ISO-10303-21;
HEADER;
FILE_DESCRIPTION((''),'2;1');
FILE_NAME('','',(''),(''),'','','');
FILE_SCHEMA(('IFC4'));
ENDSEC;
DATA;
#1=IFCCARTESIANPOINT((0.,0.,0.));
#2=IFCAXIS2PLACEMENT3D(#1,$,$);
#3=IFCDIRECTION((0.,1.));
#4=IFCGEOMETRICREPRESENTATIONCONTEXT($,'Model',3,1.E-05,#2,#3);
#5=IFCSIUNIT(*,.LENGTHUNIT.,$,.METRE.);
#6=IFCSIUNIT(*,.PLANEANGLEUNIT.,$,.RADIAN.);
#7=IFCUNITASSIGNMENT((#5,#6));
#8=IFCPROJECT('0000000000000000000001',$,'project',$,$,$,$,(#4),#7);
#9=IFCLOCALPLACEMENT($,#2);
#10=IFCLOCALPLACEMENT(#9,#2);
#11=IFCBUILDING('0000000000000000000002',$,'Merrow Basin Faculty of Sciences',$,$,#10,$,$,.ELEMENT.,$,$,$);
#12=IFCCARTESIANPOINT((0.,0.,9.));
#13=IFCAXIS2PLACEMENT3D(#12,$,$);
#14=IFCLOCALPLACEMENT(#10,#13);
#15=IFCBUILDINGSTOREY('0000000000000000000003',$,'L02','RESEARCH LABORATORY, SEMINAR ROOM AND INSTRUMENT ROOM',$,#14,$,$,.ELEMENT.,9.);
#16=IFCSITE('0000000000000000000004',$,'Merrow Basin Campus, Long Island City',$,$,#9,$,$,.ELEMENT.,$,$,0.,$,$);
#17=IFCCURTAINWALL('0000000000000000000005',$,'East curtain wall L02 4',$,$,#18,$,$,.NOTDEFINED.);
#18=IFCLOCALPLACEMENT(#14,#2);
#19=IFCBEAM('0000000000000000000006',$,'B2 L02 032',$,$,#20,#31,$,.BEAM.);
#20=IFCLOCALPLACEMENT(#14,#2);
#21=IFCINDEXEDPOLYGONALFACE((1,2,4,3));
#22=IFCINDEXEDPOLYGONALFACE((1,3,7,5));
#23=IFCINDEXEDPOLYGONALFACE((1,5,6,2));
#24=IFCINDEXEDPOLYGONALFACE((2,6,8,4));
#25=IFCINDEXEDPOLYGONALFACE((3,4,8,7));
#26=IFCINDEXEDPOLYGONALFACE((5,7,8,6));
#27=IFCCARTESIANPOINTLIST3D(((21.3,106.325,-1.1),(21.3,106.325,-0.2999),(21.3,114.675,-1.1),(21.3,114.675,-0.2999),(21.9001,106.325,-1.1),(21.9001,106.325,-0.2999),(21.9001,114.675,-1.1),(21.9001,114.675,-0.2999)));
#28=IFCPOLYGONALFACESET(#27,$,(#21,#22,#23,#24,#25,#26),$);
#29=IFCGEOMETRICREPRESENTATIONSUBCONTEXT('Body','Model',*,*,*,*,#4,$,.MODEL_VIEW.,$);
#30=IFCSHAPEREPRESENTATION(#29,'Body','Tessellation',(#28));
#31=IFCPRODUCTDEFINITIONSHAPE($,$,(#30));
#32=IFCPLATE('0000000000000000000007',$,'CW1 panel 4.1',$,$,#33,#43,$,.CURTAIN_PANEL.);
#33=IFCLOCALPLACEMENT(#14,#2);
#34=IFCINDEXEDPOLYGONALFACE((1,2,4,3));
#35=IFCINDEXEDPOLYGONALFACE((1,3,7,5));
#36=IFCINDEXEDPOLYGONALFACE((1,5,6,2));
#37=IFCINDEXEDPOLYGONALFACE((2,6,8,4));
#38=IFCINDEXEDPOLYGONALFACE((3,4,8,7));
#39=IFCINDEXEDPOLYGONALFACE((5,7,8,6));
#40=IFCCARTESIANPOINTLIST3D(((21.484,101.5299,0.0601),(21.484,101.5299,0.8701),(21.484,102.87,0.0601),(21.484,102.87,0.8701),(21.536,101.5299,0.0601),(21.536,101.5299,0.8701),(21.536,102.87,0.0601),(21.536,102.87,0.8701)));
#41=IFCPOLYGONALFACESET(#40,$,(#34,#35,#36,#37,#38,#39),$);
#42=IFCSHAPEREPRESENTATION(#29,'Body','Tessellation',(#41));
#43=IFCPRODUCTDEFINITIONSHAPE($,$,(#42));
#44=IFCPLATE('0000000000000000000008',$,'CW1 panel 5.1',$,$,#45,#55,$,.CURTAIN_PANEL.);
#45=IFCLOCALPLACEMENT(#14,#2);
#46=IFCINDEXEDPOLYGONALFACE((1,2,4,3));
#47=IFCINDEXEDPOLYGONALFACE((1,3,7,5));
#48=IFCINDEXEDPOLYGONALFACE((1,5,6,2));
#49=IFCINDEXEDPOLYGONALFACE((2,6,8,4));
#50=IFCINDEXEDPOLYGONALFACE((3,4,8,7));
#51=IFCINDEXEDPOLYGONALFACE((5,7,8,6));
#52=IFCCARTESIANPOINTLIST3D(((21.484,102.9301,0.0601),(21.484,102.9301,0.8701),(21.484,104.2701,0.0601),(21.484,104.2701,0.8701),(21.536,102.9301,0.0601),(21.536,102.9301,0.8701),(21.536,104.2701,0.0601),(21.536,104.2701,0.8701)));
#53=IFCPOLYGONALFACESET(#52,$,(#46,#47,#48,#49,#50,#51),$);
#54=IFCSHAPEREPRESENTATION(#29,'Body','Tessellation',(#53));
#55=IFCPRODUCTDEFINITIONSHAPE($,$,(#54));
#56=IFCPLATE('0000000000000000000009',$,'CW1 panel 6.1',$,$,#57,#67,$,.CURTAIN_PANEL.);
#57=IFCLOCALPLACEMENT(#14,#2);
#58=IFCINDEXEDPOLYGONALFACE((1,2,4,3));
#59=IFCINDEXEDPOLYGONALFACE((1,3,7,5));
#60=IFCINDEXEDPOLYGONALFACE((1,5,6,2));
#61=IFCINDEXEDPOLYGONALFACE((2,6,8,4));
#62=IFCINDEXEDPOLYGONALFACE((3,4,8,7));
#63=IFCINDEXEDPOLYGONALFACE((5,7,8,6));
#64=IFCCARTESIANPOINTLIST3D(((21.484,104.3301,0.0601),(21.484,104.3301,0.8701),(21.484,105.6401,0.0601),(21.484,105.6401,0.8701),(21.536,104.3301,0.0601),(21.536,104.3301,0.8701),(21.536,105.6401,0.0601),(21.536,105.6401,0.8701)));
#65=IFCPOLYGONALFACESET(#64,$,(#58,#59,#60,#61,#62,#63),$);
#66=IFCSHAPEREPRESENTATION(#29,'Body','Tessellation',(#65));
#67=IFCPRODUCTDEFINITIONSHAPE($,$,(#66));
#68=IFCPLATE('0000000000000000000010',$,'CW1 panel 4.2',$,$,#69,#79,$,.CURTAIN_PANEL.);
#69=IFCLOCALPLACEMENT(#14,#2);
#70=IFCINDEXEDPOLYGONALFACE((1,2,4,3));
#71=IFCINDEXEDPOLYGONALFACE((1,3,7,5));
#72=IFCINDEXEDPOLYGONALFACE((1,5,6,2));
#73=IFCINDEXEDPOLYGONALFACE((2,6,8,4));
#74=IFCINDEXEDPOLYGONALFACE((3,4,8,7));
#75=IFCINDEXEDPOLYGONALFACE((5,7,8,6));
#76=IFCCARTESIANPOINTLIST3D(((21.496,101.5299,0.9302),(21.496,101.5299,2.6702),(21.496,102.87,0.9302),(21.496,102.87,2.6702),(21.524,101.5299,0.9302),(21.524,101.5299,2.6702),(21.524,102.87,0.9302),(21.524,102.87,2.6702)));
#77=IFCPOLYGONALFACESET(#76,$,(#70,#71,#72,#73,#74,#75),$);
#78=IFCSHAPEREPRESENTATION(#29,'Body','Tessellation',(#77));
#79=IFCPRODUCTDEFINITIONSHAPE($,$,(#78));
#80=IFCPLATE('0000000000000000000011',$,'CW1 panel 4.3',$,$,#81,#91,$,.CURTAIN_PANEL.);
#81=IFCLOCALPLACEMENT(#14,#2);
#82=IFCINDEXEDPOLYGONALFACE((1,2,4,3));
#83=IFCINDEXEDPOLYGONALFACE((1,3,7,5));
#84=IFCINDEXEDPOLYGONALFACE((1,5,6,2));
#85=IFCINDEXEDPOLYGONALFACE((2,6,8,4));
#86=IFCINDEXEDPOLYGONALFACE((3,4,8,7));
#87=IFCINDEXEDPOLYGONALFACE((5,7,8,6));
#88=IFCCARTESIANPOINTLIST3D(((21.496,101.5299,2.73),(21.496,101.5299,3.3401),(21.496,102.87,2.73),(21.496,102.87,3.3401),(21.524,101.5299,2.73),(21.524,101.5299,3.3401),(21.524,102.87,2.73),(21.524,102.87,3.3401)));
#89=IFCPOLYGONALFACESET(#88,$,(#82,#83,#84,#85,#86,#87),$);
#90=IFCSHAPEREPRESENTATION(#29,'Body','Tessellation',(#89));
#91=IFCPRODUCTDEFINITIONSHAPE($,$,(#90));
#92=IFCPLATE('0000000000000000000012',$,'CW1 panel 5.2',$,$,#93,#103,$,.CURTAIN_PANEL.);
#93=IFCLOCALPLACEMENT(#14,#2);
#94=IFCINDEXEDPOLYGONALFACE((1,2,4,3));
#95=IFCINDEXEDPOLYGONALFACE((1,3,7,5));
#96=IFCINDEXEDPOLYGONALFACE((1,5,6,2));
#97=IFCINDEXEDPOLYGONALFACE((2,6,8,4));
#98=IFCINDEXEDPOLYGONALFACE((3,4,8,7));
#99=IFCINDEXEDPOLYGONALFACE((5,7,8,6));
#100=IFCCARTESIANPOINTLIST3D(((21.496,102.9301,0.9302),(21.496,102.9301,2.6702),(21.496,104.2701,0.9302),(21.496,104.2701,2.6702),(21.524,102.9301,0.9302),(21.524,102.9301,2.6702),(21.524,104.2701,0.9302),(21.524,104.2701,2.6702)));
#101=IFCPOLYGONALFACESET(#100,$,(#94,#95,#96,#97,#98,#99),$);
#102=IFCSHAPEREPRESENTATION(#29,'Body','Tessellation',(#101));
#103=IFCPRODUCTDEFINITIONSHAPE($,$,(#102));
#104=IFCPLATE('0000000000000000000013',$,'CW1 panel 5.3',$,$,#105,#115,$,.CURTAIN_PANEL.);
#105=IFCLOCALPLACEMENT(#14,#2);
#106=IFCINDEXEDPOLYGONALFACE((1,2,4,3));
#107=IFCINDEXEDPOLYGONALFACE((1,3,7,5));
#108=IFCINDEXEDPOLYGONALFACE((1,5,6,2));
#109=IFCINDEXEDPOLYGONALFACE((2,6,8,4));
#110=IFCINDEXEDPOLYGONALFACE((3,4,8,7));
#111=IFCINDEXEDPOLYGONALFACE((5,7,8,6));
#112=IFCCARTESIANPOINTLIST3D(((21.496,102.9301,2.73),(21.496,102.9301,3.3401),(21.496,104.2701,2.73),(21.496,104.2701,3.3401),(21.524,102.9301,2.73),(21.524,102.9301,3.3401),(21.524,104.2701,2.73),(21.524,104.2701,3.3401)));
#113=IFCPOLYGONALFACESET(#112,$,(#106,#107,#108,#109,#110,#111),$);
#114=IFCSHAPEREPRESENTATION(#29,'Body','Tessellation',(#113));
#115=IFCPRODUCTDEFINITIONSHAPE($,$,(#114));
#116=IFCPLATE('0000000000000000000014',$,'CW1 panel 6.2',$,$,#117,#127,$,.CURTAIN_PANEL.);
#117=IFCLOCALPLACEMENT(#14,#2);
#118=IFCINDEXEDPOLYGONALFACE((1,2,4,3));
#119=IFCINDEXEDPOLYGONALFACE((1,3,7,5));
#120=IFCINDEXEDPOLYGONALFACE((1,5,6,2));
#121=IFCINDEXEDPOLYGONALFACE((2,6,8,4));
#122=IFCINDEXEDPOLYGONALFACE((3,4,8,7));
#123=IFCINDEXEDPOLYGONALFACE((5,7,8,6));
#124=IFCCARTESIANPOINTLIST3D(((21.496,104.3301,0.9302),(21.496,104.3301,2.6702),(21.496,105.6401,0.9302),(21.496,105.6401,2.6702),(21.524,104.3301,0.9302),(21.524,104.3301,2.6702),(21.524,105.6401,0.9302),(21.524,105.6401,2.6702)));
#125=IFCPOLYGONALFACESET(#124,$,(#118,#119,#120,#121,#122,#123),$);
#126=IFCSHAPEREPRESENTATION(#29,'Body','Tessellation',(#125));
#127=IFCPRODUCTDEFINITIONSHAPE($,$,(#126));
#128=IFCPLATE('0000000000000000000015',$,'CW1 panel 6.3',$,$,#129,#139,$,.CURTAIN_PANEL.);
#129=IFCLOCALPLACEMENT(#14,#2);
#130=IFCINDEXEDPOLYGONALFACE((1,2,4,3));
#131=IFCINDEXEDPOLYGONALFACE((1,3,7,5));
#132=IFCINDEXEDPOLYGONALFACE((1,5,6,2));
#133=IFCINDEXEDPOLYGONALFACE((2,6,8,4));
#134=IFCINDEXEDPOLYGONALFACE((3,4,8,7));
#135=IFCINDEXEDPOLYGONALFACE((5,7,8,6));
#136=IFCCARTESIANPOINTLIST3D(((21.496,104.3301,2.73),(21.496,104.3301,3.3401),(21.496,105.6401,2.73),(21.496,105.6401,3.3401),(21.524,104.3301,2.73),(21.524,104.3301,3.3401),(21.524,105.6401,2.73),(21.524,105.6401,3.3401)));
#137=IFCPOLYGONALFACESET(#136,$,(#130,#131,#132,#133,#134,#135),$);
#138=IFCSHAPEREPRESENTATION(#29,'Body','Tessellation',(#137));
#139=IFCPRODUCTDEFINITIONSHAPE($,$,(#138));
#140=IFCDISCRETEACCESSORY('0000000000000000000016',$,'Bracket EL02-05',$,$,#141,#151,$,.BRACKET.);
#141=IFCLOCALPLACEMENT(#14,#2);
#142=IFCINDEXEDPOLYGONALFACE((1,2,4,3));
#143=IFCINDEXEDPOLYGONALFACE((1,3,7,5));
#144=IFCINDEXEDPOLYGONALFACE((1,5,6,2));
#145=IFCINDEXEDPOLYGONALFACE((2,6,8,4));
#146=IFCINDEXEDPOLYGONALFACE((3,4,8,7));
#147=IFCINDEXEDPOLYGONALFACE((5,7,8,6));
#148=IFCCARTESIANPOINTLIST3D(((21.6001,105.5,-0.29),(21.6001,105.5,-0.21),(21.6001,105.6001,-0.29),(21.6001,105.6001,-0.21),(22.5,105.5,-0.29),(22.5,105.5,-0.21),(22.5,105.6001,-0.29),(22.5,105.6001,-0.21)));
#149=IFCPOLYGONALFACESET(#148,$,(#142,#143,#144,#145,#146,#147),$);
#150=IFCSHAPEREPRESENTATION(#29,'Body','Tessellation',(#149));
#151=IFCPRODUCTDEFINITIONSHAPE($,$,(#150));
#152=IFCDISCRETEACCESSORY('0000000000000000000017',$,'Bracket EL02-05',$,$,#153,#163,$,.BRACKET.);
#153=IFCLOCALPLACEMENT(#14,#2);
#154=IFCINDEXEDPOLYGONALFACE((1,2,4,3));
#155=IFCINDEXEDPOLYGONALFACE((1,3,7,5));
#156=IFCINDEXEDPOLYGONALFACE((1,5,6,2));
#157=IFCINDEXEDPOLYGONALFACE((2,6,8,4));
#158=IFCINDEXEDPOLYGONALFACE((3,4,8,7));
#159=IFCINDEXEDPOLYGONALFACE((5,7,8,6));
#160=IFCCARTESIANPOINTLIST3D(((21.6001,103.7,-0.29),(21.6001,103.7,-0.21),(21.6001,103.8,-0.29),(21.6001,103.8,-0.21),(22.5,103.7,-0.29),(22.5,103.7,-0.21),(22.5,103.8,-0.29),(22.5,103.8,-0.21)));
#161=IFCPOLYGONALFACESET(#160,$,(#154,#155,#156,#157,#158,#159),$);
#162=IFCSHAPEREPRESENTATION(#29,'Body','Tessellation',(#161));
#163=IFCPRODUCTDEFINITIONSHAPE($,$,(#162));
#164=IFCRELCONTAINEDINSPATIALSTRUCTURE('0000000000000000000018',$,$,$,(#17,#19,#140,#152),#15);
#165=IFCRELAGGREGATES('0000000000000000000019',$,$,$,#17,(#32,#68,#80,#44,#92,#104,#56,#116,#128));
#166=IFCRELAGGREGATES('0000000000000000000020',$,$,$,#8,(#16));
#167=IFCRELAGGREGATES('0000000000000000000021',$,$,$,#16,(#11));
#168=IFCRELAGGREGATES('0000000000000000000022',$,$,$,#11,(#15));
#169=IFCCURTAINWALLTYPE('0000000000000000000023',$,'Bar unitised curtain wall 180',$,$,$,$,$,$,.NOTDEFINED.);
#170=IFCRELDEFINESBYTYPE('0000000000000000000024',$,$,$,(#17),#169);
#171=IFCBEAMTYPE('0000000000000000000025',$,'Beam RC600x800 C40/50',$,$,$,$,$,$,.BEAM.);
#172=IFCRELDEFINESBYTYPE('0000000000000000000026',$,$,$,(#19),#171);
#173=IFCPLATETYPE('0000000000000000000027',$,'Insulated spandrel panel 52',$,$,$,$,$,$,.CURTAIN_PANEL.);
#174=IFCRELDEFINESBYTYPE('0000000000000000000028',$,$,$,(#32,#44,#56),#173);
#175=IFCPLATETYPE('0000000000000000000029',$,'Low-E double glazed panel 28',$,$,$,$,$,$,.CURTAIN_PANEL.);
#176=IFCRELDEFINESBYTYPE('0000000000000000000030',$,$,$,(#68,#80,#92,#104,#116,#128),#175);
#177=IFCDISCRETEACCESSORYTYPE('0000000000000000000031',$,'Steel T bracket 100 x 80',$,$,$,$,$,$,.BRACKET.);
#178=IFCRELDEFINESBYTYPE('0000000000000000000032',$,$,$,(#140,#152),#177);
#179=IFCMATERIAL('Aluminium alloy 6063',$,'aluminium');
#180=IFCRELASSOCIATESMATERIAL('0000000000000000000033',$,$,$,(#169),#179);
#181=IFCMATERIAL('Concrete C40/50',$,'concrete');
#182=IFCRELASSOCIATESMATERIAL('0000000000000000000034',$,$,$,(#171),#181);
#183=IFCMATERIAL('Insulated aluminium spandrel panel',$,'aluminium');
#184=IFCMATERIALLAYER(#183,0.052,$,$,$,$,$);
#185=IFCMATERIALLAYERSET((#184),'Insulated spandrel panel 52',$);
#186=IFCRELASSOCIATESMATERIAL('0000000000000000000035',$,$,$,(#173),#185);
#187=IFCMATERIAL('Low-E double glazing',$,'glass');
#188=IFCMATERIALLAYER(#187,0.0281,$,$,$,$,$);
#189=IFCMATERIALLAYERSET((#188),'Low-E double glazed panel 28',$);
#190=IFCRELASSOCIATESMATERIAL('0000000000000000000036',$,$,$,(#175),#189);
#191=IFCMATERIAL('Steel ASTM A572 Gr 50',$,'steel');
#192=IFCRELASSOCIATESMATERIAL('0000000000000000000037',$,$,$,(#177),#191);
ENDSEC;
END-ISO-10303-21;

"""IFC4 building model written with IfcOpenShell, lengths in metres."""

from ifc_helpers import new_model, si_unit, direction, frame, origin, origin_2d, place, context, subcontext, project, spatial, polyline, rectangle, outline, extrude, source, transform, mapped, material, layer, layer_set, material_profile, profile_set, type_object, element, aggregate, save


model = new_model("IFC4")

# Units and contexts
model_context = context("Model", 3, precision=1e-05, world=origin(), true_north=direction((0.0, 1.0)))
body_context = subcontext(model_context, "Body", "Model", "MODEL_VIEW")
ifc_project = project(units=[si_unit("LENGTHUNIT", "METRE"), si_unit("PLANEANGLEUNIT", "RADIAN")], contexts=[model_context])

# Site, building, storey
site_placement = place(None, origin())
site = spatial("IfcSite", under=ifc_project, at=site_placement, Name="Merrow Basin Campus, Long Island City", CompositionType="ELEMENT", RefElevation=0.0)
building_placement = place(site_placement, origin())
building = spatial("IfcBuilding", under=site, at=building_placement, Name="Merrow Basin Faculty of Sciences", CompositionType="ELEMENT")
storey_placement = place(building_placement, frame((0.0, 0.0, 9.0)))
storey = spatial("IfcBuildingStorey", under=building, at=storey_placement, Name="L02", Description="RESEARCH LABORATORY, SEMINAR ROOM AND INSTRUMENT ROOM", CompositionType="ELEMENT", Elevation=9.0)

# Curtain wall
ifc_material_1 = material(Name="Aluminium alloy 6063", Category="aluminium")
curtain_wall_type = type_object("IfcCurtainWallType", Name="Bar unitised curtain wall 180", PredefinedType="NOTDEFINED", material=ifc_material_1)
curtain_wall_1_placement = place(storey_placement, origin())
curtain_wall_1 = element("IfcCurtainWall", 1, at=curtain_wall_1_placement, inside=storey, type_object=curtain_wall_type, Name="East curtain wall L02 4", PredefinedType="NOTDEFINED")

# Beam
ifc_material_2 = material(Name="Concrete C40/50", Category="concrete")
ifc_material_profile_1 = material_profile(ifc_material_2, rectangle(XDim=0.6001, YDim=0.8, at=origin_2d()))
ifc_profile_set_1 = profile_set([ifc_material_profile_1], Name="Concrete C40/50")
beam_type = type_object("IfcBeamType", Name="Beam RC600x800 C40/50", PredefinedType="BEAM", material=ifc_profile_set_1)
beam_placement = place(storey_placement, frame((21.6001, 106.325, -0.7), z_axis=(0.0, 1.0, 0.0), x_axis=(-1.0, 0.0, 0.0)))
element("IfcBeam", 2, at=beam_placement, inside=storey, type_object=beam_type, Name="B2 L02 032", PredefinedType="BEAM", context=body_context, shape_type="SweptSolid", body=[
    extrude(rectangle(XDim=0.6001, YDim=0.8, at=origin_2d()), origin(), (0.0, 0.0, 1.0), 8.3501),
])

# Plates
ifc_material_3 = material(Name="Insulated aluminium spandrel panel", Category="aluminium")
ifc_layer_1 = layer(ifc_material_3, 0.052)
ifc_layer_set_1 = layer_set([ifc_layer_1], Name="Insulated spandrel panel 52")
plate_type_1 = type_object("IfcPlateType", Name="Insulated spandrel panel 52", PredefinedType="CURTAIN_PANEL", material=ifc_layer_set_1)
plate_1_placement = place(storey_placement, frame((21.51, 102.2, 0.0601), z_axis=(0.0, 0.0, 1.0), x_axis=(0.0, 1.0, 0.0)))
plate_1 = element("IfcPlate", 3, at=plate_1_placement, type_object=plate_type_1, Name="CW1 panel 4.1", PredefinedType="CURTAIN_PANEL", context=body_context, shape_type="SweptSolid", body=[
    extrude(rectangle(XDim=1.3401, YDim=0.052, at=origin_2d()), origin(), (0.0, 0.0, 1.0), 0.8101),
])
plate_2_placement = place(storey_placement, frame((21.51, 103.6001, 0.0601), z_axis=(0.0, 0.0, 1.0), x_axis=(0.0, 1.0, 0.0)))
plate_2 = element("IfcPlate", 4, at=plate_2_placement, type_object=plate_type_1, Name="CW1 panel 5.1", PredefinedType="CURTAIN_PANEL", context=body_context, shape_type="SweptSolid", body=[
    extrude(rectangle(XDim=1.3401, YDim=0.052, at=origin_2d()), origin(), (0.0, 0.0, 1.0), 0.8101),
])
plate_3_placement = place(storey_placement, frame((21.51, 104.9851, 0.0601), z_axis=(0.0, 0.0, 1.0), x_axis=(0.0, 1.0, 0.0)))
plate_3 = element("IfcPlate", 5, at=plate_3_placement, type_object=plate_type_1, Name="CW1 panel 6.1", PredefinedType="CURTAIN_PANEL", context=body_context, shape_type="SweptSolid", body=[
    extrude(rectangle(XDim=1.3101, YDim=0.052, at=origin_2d()), origin(), (0.0, 0.0, 1.0), 0.8101),
])
ifc_material_4 = material(Name="Low-E double glazing", Category="glass")
ifc_layer_2 = layer(ifc_material_4, 0.0281)
ifc_layer_set_2 = layer_set([ifc_layer_2], Name="Low-E double glazed panel 28")
plate_type_2 = type_object("IfcPlateType", Name="Low-E double glazed panel 28", PredefinedType="CURTAIN_PANEL", material=ifc_layer_set_2)
plate_4_placement = place(storey_placement, frame((21.51, 102.2, 0.9302), z_axis=(0.0, 0.0, 1.0), x_axis=(0.0, 1.0, 0.0)))
plate_4 = element("IfcPlate", 6, at=plate_4_placement, type_object=plate_type_2, Name="CW1 panel 4.2", PredefinedType="CURTAIN_PANEL", context=body_context, shape_type="SweptSolid", body=[
    extrude(rectangle(XDim=1.3401, YDim=0.0281, at=origin_2d()), origin(), (0.0, 0.0, 1.0), 1.74),
])
plate_5_placement = place(storey_placement, frame((21.51, 102.2, 2.73), z_axis=(0.0, 0.0, 1.0), x_axis=(0.0, 1.0, 0.0)))
plate_5 = element("IfcPlate", 7, at=plate_5_placement, type_object=plate_type_2, Name="CW1 panel 4.3", PredefinedType="CURTAIN_PANEL", context=body_context, shape_type="SweptSolid", body=[
    extrude(rectangle(XDim=1.3401, YDim=0.0281, at=origin_2d()), origin(), (0.0, 0.0, 1.0), 0.6101),
])
plate_6_placement = place(storey_placement, frame((21.51, 103.6001, 0.9302), z_axis=(0.0, 0.0, 1.0), x_axis=(0.0, 1.0, 0.0)))
plate_6 = element("IfcPlate", 8, at=plate_6_placement, type_object=plate_type_2, Name="CW1 panel 5.2", PredefinedType="CURTAIN_PANEL", context=body_context, shape_type="SweptSolid", body=[
    extrude(rectangle(XDim=1.3401, YDim=0.0281, at=origin_2d()), origin(), (0.0, 0.0, 1.0), 1.74),
])
plate_7_placement = place(storey_placement, frame((21.51, 103.6001, 2.73), z_axis=(0.0, 0.0, 1.0), x_axis=(0.0, 1.0, 0.0)))
plate_7 = element("IfcPlate", 9, at=plate_7_placement, type_object=plate_type_2, Name="CW1 panel 5.3", PredefinedType="CURTAIN_PANEL", context=body_context, shape_type="SweptSolid", body=[
    extrude(rectangle(XDim=1.3401, YDim=0.0281, at=origin_2d()), origin(), (0.0, 0.0, 1.0), 0.6101),
])
plate_8_placement = place(storey_placement, frame((21.51, 104.9851, 0.9302), z_axis=(0.0, 0.0, 1.0), x_axis=(0.0, 1.0, 0.0)))
plate_8 = element("IfcPlate", 10, at=plate_8_placement, type_object=plate_type_2, Name="CW1 panel 6.2", PredefinedType="CURTAIN_PANEL", context=body_context, shape_type="SweptSolid", body=[
    extrude(rectangle(XDim=1.3101, YDim=0.0281, at=origin_2d()), origin(), (0.0, 0.0, 1.0), 1.74),
])
plate_9_placement = place(storey_placement, frame((21.51, 104.9851, 2.73), z_axis=(0.0, 0.0, 1.0), x_axis=(0.0, 1.0, 0.0)))
plate_9 = element("IfcPlate", 11, at=plate_9_placement, type_object=plate_type_2, Name="CW1 panel 6.3", PredefinedType="CURTAIN_PANEL", context=body_context, shape_type="SweptSolid", body=[
    extrude(rectangle(XDim=1.3101, YDim=0.0281, at=origin_2d()), origin(), (0.0, 0.0, 1.0), 0.6101),
])
aggregate(curtain_wall_1, [plate_1, plate_4, plate_5, plate_2, plate_6, plate_7, plate_3, plate_8, plate_9])

# Discrete accessories
ifc_material_5 = material(Name="Steel ASTM A572 Gr 50", Category="steel")
discrete_accessory_type = type_object("IfcDiscreteAccessoryType", Name="Steel T bracket 100 x 80", PredefinedType="BRACKET", material=ifc_material_5)
shared_shape_1 = source(origin(), body_context, "Body", "SweptSolid", [
    extrude(outline(polyline([(0.0, 0.0), (0.1001, 0.0), (0.1001, 0.0801), (0.0, 0.0801), (0.0, 0.0)])), origin(), (0.0, 0.0, 1.0), 0.8999),
])
for number, where, z_axis, x_axis, name in (
    (12, (22.5, 105.6001, -0.29), (-1.0, 0.0, 0.0), (0.0, -1.0, 0.0), "Bracket EL02-05"),
    (13, (22.5, 103.8, -0.29), (-1.0, 0.0, 0.0), (0.0, -1.0, 0.0), "Bracket EL02-05"),
):
    element("IfcDiscreteAccessory", number, at=place(storey_placement, frame(where, z_axis=z_axis, x_axis=x_axis)), inside=storey, type_object=discrete_accessory_type, Name=name, PredefinedType="BRACKET", context=body_context, shape_type="MappedRepresentation", body=[
        mapped(shared_shape_1, transform((0.0, 0.0, 0.0), scale=1.0)),
    ])

save(model, "model.ifc")
